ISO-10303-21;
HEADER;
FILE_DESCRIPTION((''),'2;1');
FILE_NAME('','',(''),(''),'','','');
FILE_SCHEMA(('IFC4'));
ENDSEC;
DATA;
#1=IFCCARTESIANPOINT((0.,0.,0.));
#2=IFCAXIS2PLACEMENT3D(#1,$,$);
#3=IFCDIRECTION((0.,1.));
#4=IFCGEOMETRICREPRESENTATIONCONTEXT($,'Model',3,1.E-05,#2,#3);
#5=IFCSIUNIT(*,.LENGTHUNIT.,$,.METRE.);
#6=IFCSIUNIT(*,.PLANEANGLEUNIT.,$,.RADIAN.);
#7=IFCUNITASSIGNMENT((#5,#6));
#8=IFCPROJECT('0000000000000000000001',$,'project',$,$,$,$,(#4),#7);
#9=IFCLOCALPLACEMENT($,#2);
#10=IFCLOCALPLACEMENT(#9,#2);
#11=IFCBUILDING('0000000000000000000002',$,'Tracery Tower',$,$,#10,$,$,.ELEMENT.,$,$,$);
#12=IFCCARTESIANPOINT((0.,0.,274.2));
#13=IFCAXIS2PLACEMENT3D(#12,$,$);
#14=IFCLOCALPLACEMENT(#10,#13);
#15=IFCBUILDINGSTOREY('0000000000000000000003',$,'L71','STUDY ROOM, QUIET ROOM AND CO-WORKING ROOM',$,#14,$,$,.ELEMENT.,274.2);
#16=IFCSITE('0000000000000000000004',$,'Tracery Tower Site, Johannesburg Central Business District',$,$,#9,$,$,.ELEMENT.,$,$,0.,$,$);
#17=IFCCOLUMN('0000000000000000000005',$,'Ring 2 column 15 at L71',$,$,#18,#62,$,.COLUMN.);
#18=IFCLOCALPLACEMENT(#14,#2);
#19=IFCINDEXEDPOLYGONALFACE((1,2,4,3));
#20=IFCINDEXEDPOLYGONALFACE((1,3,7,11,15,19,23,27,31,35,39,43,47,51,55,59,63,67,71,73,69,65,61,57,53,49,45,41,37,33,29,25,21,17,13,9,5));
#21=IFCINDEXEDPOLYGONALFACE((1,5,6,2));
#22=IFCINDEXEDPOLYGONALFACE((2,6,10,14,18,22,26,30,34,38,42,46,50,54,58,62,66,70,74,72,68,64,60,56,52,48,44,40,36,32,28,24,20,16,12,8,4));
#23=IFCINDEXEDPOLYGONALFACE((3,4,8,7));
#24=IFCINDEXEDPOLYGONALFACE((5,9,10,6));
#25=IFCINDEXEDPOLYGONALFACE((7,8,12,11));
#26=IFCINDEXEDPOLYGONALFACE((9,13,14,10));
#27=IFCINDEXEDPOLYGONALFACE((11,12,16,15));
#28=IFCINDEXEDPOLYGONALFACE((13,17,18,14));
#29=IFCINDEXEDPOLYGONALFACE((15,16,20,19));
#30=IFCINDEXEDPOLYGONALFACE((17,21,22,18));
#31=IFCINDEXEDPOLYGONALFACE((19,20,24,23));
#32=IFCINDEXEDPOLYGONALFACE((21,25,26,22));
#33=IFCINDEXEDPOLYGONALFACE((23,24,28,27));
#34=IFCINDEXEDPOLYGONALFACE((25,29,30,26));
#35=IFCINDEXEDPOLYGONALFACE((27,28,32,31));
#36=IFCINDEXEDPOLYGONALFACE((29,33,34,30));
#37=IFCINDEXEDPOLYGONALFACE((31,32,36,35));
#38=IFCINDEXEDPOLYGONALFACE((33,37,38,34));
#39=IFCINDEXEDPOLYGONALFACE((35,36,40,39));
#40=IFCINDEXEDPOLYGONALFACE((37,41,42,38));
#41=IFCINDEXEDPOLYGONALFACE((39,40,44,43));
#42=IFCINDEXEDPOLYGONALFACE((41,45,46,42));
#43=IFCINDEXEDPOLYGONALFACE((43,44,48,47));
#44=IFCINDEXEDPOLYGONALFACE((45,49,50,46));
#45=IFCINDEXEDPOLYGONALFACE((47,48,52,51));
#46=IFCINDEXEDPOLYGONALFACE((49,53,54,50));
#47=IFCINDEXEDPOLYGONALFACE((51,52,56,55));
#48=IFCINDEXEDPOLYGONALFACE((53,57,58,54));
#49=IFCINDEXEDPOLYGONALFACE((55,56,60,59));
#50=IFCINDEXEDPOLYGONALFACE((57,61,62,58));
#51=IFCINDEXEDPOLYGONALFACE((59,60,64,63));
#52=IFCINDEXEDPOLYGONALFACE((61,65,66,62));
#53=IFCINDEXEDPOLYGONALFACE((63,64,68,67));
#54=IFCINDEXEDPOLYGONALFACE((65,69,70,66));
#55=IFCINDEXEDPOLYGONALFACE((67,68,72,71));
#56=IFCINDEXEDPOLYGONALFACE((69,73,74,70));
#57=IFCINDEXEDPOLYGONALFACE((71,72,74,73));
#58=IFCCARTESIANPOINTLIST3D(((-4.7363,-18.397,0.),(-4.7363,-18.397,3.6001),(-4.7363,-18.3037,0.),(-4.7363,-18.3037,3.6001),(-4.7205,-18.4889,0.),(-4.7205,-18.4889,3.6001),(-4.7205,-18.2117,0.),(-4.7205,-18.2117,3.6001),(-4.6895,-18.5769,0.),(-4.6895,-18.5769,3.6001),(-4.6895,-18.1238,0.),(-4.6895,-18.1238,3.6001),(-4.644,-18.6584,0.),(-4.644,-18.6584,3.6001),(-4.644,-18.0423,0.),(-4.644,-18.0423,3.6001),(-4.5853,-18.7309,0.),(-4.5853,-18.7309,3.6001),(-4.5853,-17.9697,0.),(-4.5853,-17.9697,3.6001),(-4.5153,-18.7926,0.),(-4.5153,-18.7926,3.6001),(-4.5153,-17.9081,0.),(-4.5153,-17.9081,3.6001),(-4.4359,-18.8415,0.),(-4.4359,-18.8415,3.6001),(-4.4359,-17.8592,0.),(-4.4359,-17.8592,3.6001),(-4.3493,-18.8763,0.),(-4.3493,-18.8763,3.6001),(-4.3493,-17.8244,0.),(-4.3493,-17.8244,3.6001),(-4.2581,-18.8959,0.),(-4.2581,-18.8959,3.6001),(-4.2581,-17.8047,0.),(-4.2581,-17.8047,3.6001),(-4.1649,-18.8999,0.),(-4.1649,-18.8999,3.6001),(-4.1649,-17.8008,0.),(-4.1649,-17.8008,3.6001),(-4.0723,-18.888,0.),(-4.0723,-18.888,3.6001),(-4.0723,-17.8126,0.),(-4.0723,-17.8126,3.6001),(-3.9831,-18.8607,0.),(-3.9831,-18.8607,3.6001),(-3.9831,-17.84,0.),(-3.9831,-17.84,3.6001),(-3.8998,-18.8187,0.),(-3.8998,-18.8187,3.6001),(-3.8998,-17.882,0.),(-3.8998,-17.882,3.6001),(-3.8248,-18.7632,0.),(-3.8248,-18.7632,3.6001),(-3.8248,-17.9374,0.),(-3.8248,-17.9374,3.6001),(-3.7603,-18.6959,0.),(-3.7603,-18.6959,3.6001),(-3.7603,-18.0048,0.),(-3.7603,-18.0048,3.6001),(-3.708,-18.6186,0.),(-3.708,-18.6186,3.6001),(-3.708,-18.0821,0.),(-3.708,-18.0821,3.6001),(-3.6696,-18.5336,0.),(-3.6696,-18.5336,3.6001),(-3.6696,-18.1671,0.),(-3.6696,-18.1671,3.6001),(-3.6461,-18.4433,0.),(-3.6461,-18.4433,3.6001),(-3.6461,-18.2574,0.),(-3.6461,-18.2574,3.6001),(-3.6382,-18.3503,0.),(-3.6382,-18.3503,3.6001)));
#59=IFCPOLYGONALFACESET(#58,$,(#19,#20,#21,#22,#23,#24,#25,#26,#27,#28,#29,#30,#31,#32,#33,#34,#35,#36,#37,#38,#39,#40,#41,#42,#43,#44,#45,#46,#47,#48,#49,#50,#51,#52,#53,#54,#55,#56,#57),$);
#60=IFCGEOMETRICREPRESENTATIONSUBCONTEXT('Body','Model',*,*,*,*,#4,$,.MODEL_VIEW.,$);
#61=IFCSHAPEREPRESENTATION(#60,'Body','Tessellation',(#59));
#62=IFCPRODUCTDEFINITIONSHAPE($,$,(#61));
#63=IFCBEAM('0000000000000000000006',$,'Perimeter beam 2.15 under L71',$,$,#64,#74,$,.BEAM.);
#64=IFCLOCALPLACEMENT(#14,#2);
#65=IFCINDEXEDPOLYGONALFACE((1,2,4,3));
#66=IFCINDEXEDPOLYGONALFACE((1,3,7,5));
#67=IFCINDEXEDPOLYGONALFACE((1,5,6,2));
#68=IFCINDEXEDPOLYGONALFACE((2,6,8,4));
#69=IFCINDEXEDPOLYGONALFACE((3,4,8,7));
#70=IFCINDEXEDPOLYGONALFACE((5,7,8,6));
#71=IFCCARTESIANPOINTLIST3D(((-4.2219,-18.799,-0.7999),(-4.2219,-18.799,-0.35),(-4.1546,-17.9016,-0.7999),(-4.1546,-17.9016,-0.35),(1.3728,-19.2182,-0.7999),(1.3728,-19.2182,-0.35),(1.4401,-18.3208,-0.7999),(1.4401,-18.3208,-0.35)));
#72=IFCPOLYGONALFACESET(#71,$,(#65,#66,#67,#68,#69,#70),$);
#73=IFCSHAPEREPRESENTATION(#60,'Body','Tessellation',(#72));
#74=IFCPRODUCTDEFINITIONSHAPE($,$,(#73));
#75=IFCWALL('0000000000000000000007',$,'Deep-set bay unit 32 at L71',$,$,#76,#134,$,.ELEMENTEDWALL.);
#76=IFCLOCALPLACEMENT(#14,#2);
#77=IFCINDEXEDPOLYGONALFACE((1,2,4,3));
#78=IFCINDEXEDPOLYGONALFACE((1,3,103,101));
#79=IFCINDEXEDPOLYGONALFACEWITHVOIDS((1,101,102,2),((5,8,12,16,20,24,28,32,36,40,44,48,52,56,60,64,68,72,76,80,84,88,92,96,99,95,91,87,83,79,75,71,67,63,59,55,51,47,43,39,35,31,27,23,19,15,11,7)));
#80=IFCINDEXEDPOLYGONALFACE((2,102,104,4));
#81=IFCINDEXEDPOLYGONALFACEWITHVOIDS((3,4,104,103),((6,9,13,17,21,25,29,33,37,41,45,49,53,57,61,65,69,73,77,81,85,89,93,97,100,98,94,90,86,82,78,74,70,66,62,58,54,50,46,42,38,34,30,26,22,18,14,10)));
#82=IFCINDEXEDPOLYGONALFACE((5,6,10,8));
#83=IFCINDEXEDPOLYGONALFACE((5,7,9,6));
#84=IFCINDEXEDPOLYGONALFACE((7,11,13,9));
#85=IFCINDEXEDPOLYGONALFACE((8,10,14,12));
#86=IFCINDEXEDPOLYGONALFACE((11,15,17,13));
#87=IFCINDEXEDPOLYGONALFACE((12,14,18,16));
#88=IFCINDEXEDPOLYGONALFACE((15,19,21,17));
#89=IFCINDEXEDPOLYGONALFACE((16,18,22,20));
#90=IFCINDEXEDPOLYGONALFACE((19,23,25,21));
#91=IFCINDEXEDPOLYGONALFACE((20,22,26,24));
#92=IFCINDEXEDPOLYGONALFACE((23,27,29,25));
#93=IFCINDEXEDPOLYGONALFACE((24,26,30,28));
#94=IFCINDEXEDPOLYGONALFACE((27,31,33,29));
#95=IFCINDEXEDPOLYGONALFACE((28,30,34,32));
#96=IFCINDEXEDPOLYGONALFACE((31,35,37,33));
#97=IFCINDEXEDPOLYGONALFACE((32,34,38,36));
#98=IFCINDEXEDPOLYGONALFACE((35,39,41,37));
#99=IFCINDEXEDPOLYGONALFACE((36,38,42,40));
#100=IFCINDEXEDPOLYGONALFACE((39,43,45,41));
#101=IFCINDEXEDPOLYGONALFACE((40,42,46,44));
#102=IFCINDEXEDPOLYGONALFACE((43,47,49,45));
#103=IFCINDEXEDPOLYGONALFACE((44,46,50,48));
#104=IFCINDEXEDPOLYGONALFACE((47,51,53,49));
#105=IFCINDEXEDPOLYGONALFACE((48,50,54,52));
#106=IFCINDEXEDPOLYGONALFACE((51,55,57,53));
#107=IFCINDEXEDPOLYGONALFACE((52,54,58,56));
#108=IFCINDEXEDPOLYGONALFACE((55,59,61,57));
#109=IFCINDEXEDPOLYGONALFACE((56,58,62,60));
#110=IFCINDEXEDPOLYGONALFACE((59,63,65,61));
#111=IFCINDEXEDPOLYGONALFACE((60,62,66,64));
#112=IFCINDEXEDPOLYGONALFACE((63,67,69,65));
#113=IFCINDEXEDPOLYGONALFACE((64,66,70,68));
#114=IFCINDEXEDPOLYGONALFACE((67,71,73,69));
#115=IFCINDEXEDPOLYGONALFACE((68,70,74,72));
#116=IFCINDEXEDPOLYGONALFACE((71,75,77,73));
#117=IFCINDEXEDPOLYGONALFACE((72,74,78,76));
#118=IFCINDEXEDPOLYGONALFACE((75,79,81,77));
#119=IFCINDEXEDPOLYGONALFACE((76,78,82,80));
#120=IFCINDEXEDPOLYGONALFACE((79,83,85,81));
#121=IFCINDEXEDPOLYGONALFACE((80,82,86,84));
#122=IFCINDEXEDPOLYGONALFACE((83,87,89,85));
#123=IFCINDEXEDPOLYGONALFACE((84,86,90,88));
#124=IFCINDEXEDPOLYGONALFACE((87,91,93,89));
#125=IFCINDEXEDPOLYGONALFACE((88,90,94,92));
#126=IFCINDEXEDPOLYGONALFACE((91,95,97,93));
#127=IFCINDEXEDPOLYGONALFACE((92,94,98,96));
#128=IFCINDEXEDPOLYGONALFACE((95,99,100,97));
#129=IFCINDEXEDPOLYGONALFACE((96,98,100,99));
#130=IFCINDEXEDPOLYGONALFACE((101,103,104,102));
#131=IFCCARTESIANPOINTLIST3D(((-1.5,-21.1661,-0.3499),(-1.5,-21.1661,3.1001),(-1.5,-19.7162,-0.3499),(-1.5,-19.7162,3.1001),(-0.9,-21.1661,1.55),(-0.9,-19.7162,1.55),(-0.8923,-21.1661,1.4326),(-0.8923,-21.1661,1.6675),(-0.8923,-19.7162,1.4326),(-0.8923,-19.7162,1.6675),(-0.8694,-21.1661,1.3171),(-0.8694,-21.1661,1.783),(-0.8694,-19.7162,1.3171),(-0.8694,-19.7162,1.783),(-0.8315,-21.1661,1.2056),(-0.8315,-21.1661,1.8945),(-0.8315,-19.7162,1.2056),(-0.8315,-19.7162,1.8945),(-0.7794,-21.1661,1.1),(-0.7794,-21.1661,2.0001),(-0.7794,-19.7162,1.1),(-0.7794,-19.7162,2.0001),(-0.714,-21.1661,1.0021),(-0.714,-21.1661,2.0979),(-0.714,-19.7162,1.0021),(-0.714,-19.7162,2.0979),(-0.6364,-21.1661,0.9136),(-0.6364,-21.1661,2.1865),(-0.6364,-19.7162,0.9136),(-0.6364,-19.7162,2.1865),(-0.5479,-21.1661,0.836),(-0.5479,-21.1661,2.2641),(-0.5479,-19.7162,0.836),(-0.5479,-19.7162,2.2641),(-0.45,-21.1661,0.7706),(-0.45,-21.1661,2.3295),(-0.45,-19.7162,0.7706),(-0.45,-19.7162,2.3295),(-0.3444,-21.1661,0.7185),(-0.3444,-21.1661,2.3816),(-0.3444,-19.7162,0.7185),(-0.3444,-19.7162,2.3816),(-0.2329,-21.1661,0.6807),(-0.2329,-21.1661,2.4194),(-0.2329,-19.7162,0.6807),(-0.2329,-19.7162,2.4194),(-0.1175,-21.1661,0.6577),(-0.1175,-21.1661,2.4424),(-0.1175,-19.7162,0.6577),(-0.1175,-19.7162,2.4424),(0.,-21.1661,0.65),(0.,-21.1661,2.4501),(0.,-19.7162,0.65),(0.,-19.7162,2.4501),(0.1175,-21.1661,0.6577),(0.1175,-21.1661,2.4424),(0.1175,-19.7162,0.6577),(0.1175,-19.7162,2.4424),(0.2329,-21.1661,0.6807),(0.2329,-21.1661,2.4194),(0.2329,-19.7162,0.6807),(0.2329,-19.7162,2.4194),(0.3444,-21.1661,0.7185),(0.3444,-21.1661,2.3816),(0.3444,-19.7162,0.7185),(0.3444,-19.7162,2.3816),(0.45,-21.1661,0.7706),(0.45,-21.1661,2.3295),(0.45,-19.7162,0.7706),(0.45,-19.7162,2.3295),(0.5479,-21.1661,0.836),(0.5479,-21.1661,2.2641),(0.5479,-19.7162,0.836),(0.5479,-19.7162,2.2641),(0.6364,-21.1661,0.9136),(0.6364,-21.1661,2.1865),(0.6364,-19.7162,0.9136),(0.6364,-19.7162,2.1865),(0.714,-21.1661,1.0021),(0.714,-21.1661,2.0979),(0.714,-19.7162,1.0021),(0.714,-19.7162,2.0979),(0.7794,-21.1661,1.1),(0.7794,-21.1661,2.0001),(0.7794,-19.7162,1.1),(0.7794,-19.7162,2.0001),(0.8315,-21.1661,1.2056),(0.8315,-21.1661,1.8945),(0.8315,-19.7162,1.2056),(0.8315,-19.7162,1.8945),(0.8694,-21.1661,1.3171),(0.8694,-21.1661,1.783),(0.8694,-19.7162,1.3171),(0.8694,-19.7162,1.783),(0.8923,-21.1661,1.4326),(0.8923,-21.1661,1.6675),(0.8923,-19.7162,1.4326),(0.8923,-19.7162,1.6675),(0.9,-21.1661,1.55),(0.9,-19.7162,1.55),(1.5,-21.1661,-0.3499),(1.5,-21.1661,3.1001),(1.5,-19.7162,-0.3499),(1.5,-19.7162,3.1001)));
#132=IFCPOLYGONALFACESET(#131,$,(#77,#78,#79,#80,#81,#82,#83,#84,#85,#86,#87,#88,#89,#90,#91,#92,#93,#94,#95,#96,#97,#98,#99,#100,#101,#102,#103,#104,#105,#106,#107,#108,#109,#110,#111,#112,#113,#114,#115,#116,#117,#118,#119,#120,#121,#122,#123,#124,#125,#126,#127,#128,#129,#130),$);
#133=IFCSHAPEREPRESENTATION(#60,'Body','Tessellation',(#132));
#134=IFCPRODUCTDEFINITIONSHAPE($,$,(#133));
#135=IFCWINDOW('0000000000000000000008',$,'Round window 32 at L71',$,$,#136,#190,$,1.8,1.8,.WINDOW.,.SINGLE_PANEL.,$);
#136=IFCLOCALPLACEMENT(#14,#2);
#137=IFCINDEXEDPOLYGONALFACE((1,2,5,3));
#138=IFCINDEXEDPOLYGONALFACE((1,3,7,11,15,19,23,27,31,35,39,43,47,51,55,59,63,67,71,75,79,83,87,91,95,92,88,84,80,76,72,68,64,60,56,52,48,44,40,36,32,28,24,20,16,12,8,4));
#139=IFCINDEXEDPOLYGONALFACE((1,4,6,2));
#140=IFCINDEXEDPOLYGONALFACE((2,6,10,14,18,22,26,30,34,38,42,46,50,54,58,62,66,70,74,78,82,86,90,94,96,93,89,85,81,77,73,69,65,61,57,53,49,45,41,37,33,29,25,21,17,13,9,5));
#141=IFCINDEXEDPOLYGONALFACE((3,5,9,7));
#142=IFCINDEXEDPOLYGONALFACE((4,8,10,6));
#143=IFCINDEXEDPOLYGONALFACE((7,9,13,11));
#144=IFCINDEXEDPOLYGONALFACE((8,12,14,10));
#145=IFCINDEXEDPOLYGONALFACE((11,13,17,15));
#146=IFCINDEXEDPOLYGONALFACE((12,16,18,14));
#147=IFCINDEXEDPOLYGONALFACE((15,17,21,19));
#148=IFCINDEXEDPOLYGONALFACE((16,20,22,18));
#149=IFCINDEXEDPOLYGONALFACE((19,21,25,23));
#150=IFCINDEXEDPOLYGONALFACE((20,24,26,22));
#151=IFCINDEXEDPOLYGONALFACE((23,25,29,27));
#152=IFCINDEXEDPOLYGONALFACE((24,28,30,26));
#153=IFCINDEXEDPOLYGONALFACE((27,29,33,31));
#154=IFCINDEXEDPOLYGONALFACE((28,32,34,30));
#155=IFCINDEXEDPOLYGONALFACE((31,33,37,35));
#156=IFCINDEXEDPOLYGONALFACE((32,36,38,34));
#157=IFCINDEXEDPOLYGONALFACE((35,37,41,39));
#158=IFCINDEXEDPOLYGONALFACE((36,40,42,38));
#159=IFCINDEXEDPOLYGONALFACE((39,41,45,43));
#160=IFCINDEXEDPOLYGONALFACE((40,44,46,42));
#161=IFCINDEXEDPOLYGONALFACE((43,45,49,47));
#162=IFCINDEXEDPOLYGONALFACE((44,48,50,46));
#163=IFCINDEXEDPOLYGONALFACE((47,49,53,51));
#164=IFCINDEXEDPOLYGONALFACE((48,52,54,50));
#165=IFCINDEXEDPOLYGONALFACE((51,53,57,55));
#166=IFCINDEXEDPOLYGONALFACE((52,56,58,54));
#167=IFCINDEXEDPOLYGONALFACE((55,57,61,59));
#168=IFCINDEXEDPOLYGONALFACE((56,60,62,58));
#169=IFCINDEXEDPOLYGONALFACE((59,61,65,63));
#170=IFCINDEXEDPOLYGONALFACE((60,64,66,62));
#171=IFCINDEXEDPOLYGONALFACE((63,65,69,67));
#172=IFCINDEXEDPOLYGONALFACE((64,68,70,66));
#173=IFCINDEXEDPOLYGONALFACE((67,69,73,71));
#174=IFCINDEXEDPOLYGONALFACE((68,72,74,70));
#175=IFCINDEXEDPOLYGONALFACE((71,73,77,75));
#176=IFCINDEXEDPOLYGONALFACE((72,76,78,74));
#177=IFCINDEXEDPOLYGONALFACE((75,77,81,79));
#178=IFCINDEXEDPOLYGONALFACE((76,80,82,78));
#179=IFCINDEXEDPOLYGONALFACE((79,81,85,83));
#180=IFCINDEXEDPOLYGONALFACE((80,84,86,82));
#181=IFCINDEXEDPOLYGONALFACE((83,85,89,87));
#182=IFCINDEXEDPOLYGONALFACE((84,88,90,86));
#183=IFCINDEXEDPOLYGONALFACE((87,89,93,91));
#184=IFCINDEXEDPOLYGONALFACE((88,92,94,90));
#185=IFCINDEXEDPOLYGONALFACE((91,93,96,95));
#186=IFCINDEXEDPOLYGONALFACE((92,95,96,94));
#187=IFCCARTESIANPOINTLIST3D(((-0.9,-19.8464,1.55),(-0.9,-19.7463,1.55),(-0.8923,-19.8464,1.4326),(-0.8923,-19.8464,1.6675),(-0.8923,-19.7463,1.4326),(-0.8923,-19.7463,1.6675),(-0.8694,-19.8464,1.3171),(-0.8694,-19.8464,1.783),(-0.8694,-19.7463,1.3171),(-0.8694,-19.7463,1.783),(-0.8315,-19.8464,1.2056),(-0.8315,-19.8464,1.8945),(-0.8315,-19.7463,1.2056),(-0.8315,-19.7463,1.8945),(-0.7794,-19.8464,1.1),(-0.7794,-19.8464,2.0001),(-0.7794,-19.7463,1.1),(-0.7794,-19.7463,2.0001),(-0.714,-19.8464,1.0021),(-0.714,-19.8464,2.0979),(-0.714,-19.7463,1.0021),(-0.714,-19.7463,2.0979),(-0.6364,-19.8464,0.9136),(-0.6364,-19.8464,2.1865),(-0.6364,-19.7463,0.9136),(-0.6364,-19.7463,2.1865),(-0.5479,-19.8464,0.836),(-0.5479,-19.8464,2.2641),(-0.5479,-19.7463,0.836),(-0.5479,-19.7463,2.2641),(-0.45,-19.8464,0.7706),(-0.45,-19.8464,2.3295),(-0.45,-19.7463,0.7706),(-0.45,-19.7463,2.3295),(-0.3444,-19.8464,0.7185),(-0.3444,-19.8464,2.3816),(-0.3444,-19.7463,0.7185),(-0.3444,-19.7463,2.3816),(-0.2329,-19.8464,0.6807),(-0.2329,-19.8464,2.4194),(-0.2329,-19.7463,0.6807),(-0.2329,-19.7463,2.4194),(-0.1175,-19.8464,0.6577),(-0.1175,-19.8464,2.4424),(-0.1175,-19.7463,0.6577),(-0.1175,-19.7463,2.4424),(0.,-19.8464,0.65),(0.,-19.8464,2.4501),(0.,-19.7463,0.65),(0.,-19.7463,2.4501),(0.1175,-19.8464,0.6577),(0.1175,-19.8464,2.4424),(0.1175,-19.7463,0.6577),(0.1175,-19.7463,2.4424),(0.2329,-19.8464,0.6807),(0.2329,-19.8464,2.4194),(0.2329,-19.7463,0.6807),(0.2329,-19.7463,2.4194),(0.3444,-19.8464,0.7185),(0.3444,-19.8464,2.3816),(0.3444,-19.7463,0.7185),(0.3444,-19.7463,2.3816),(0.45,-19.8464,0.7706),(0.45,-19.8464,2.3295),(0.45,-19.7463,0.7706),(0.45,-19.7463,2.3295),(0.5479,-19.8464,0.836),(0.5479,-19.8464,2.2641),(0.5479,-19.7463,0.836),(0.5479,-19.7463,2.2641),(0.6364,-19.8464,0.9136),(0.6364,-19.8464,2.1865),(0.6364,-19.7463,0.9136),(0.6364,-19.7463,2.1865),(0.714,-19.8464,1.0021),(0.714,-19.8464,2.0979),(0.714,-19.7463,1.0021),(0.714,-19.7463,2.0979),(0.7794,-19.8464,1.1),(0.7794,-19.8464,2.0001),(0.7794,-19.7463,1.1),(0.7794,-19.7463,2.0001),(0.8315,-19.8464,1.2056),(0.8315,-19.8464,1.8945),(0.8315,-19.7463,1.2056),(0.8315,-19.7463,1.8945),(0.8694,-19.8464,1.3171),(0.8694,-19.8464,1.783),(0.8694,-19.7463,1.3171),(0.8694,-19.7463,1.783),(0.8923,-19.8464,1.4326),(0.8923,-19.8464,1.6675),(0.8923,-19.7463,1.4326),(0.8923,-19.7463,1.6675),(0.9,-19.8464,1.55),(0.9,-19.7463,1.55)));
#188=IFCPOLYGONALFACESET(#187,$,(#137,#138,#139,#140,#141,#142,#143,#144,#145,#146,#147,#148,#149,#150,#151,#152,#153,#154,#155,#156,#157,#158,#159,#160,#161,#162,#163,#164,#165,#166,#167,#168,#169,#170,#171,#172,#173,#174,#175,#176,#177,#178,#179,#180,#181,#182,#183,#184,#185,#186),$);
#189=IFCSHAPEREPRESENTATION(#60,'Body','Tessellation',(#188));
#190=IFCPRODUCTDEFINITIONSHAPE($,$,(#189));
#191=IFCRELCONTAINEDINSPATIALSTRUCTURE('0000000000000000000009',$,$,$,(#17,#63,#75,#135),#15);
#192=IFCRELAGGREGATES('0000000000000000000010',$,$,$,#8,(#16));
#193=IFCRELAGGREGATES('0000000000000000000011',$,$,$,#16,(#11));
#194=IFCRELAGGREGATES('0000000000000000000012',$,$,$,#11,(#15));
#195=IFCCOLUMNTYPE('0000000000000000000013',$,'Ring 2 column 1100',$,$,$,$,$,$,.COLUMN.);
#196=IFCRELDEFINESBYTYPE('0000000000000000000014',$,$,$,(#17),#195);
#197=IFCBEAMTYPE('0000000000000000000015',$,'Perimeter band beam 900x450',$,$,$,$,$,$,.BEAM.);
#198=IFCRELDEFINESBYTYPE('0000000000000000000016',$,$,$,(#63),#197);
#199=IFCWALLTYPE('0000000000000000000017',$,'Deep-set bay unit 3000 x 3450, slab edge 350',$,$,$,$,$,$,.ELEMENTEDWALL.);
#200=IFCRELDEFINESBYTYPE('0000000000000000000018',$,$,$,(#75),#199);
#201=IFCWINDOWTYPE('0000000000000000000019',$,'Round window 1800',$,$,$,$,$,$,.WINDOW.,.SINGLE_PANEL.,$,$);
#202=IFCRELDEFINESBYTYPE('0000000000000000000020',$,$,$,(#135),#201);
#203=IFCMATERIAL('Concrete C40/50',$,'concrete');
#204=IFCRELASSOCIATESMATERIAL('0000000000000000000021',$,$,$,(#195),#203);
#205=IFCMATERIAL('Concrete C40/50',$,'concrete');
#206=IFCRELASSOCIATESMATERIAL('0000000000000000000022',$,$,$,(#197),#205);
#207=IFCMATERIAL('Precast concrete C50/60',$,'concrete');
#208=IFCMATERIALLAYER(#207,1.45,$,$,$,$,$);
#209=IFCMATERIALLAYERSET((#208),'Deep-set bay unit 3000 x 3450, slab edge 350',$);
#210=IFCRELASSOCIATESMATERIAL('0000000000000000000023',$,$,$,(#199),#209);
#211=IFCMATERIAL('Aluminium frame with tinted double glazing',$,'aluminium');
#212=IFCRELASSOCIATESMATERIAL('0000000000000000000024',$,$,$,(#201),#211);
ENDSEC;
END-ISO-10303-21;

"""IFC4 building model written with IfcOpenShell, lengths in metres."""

from ifc_helpers import new_model, si_unit, direction, frame, frame_2d, origin, origin_2d, place, context, subcontext, project, spatial, rectangle, circle, extrude, material, layer, layer_set, material_profile, profile_set, type_object, element, fill, save


model = new_model("IFC4")

# Units and contexts
model_context = context("Model", 3, precision=1e-05, world=origin(), true_north=direction((0.0, 1.0)))
body_context = subcontext(model_context, "Body", "Model", "MODEL_VIEW")
ifc_project = project(units=[si_unit("LENGTHUNIT", "METRE"), si_unit("PLANEANGLEUNIT", "RADIAN")], contexts=[model_context])

# Site, building, storey
site_placement = place(None, origin())
site = spatial("IfcSite", under=ifc_project, at=site_placement, Name="Tracery Tower Site, Johannesburg Central Business District", CompositionType="ELEMENT", RefElevation=0.0)
building_placement = place(site_placement, origin())
building = spatial("IfcBuilding", under=site, at=building_placement, Name="Tracery Tower", CompositionType="ELEMENT")
storey_placement = place(building_placement, frame((0.0, 0.0, 274.2)))
storey = spatial("IfcBuildingStorey", under=building, at=storey_placement, Name="L71", Description="STUDY ROOM, QUIET ROOM AND CO-WORKING ROOM", CompositionType="ELEMENT", Elevation=274.2)

# Column
ifc_material_1 = material(Name="Concrete C40/50", Category="concrete")
ifc_material_profile_1 = material_profile(ifc_material_1, circle(Radius=0.55, at=origin_2d()), Name="RC D1100")
ifc_profile_set_1 = profile_set([ifc_material_profile_1], Name="Concrete C40/50")
column_type = type_object("IfcColumnType", Name="Ring 2 column 1100", PredefinedType="COLUMN", material=ifc_profile_set_1)
column_placement = place(storey_placement, frame((-4.1882, -18.3503, 0.0), z_axis=(0.0, 0.0, 1.0), x_axis=(1.0, 0.0, 0.0)))
element("IfcColumn", 1, at=column_placement, inside=storey, type_object=column_type, Name="Ring 2 column 15 at L71", PredefinedType="COLUMN", context=body_context, shape_type="SweptSolid", body=[
    extrude(circle(Radius=0.55, at=origin_2d()), origin(), (0.0, 0.0, 1.0), 3.6001),
])

# Beam
ifc_material_2 = material(Name="Concrete C40/50", Category="concrete")
ifc_material_profile_2 = material_profile(ifc_material_2, rectangle(XDim=0.8999, YDim=0.45, at=origin_2d()), Name="RC 900x450")
ifc_profile_set_2 = profile_set([ifc_material_profile_2], Name="Concrete C40/50")
beam_type = type_object("IfcBeamType", Name="Perimeter band beam 900x450", PredefinedType="BEAM", material=ifc_profile_set_2)
beam_placement = place(storey_placement, frame((-4.1882, -18.3503, -0.575), z_axis=(0.997205, -0.074716, 0.0), x_axis=(0.074716, 0.997205, 0.0)))
element("IfcBeam", 2, at=beam_placement, inside=storey, type_object=beam_type, Name="Perimeter beam 2.15 under L71", PredefinedType="BEAM", context=body_context, shape_type="SweptSolid", body=[
    extrude(rectangle(XDim=0.8999, YDim=0.45, at=origin_2d()), origin(), (0.0, 0.0, 1.0), 5.6104),
])

# Wall, opening, window
ifc_material_3 = material(Name="Precast concrete C50/60", Category="concrete")
ifc_layer_1 = layer(ifc_material_3, 1.45)
ifc_layer_set_1 = layer_set([ifc_layer_1], Name="Deep-set bay unit 3000 x 3450, slab edge 350")
wall_type_1 = type_object("IfcWallType", Name="Deep-set bay unit 3000 x 3450, slab edge 350", PredefinedType="ELEMENTEDWALL", material=ifc_layer_set_1)
wall_1_placement = place(storey_placement, frame((-1.5, -20.4412, -0.3499), z_axis=(0.0, 0.0, 1.0), x_axis=(1.0, 0.0, 0.0)))
wall_1 = element("IfcWall", 3, at=wall_1_placement, inside=storey, type_object=wall_type_1, Name="Deep-set bay unit 32 at L71", PredefinedType="ELEMENTEDWALL", context=body_context, shape_type="SweptSolid", body=[
    extrude(rectangle(XDim=3.0, YDim=1.45, at=frame_2d((1.5, 0.0))), origin(), (0.0, 0.0, 1.0), 3.45),
])
opening_1_placement = place(wall_1_placement, frame((1.5, 0.0, 1.8999)))
opening_1 = element("IfcOpeningElement", 4, at=opening_1_placement, cuts=wall_1, PredefinedType="OPENING", context=body_context, shape_type="SweptSolid", body=[
    extrude(circle(Radius=0.9, at=origin_2d()), frame((0.0, 0.7349, 0.0), z_axis=(0.0, -1.0, 0.0), x_axis=(1.0, 0.0, 0.0)), (0.0, 0.0, 1.0), 1.47),
])
ifc_material_4 = material(Name="Aluminium frame with tinted double glazing", Category="aluminium")
window_type = type_object("IfcWindowType", Name="Round window 1800", PartitioningType="SINGLE_PANEL", PredefinedType="WINDOW", material=ifc_material_4)
window_1_placement = place(opening_1_placement, origin())
window_1 = element("IfcWindow", 5, at=window_1_placement, inside=storey, type_object=window_type, Name="Round window 32 at L71", OverallHeight=1.8, OverallWidth=1.8, PartitioningType="SINGLE_PANEL", PredefinedType="WINDOW", context=body_context, shape_type="SweptSolid", body=[
    extrude(circle(Radius=0.9, at=origin_2d()), frame((0.0, 0.6948, 0.0), z_axis=(0.0, -1.0, 0.0), x_axis=(1.0, 0.0, 0.0)), (0.0, 0.0, 1.0), 0.1001),
])
fill(opening_1, window_1)

save(model, "model.ifc")
